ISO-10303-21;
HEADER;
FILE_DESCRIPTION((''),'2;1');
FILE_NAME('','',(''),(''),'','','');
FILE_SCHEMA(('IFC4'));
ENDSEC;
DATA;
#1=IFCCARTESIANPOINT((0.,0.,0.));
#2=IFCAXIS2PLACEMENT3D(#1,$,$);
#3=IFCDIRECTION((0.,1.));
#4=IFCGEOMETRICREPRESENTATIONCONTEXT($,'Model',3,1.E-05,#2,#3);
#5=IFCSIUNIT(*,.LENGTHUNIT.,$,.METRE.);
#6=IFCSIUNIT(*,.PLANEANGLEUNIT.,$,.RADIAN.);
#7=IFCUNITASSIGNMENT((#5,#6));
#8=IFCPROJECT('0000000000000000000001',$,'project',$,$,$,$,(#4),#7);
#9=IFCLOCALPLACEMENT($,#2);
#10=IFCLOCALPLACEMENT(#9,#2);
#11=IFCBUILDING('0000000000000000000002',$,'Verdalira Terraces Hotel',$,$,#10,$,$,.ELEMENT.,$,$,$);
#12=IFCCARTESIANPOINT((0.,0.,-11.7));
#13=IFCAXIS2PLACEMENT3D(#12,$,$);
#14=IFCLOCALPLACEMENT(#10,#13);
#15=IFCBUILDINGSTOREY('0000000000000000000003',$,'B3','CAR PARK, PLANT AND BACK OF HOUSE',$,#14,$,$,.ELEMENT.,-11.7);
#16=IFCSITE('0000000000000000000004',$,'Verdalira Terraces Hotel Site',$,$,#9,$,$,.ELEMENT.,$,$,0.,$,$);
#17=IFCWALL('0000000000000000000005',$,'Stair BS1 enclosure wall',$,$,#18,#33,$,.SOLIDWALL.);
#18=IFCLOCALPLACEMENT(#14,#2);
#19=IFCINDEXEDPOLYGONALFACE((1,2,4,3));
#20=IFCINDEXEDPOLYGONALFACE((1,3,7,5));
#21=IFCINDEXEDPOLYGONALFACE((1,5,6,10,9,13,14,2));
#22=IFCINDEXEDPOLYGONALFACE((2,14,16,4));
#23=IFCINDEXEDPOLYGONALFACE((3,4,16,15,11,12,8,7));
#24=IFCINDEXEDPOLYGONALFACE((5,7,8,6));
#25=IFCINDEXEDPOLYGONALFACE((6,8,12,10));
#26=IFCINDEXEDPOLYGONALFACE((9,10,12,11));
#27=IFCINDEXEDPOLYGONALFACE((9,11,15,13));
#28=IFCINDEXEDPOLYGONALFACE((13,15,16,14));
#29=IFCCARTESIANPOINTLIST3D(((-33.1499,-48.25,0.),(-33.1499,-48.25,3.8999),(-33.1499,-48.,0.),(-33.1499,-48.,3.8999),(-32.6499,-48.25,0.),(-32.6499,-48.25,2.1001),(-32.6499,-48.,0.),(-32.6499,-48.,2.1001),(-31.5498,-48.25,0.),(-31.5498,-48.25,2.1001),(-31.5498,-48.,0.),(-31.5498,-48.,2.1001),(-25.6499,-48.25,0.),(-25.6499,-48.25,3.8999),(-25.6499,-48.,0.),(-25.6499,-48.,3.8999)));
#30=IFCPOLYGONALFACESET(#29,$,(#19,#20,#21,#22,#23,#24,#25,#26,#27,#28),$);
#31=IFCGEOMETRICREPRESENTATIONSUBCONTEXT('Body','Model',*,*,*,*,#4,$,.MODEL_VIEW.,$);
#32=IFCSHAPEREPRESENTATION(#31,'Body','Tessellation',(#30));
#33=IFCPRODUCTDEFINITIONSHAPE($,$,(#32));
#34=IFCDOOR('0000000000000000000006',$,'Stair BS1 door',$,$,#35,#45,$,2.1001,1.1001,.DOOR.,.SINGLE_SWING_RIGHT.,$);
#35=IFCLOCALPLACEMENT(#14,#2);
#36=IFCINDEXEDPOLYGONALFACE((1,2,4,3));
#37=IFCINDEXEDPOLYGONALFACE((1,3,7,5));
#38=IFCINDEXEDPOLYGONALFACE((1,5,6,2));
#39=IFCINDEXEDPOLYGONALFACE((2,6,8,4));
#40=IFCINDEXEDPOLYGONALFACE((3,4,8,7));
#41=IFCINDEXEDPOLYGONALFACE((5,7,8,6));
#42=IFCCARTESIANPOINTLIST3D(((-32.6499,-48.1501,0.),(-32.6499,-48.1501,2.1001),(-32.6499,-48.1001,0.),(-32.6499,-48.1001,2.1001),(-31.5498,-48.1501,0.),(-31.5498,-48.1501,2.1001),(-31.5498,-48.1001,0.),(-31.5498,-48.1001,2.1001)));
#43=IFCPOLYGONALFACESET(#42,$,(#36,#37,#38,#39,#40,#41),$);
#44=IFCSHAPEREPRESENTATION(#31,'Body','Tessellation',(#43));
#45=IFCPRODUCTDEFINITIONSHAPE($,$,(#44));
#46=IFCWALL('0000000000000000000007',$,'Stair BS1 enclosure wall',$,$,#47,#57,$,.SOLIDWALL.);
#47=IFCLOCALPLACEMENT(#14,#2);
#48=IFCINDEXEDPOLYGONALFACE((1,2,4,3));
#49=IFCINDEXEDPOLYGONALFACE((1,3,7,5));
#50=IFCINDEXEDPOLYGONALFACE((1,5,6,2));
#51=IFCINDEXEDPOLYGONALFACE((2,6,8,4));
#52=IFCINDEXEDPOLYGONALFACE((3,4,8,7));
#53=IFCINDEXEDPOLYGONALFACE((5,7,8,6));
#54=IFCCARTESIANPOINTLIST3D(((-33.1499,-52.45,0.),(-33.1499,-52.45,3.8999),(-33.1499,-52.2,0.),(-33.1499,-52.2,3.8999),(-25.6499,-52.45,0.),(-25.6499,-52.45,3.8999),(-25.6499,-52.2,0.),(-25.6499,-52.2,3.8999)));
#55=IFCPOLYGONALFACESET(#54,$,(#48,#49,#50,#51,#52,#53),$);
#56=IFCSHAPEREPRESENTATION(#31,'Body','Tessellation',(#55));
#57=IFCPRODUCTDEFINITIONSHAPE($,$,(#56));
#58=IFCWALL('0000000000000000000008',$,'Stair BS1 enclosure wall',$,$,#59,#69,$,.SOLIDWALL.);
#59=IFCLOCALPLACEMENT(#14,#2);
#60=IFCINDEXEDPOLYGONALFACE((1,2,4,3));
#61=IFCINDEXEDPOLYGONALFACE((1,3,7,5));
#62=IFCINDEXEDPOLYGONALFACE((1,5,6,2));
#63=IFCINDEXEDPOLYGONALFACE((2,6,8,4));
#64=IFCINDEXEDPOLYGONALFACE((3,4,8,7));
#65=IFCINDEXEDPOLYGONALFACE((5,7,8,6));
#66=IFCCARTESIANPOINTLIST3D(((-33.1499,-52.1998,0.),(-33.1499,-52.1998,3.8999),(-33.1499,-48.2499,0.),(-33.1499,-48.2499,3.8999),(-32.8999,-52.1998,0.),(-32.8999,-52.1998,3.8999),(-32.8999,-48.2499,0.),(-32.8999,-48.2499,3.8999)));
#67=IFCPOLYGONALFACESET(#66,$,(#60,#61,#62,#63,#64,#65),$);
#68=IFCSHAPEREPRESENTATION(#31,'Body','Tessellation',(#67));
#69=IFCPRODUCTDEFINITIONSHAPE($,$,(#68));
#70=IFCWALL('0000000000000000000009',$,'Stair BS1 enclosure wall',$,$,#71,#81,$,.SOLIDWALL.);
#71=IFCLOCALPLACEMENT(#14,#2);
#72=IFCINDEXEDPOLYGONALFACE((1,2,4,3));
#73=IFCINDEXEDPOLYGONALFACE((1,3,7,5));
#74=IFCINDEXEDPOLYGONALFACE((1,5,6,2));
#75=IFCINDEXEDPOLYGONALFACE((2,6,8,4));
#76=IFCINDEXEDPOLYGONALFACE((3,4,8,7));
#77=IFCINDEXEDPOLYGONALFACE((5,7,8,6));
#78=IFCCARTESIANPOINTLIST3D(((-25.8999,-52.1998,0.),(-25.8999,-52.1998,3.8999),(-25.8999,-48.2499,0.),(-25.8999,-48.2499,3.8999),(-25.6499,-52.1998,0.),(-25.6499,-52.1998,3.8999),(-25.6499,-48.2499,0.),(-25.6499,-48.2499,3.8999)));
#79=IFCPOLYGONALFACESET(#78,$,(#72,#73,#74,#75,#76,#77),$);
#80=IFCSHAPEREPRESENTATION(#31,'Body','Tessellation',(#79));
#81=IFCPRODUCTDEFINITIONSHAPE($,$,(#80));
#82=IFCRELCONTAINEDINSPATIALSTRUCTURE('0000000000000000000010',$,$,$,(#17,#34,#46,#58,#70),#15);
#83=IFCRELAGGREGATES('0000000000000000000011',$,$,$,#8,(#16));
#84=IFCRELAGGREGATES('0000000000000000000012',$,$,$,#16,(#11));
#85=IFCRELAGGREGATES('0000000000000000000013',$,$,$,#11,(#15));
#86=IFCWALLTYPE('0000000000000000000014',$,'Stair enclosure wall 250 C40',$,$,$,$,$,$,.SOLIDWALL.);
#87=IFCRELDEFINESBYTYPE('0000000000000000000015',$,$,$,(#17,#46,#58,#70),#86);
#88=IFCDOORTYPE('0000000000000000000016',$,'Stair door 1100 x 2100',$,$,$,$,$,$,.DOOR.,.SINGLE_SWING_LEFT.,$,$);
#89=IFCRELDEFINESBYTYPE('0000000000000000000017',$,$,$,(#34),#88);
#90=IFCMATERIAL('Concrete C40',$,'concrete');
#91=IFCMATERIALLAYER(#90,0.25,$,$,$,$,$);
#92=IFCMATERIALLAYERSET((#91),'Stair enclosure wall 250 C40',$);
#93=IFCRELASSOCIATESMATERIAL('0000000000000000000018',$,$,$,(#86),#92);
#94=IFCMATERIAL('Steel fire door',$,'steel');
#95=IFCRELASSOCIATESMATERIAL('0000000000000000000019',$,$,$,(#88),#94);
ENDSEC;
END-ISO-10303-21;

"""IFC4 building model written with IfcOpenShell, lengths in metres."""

from ifc_helpers import new_model, si_unit, direction, frame, frame_2d, origin, place, context, subcontext, project, spatial, rectangle, extrude, material, layer, layer_set, type_object, element, fill, save


model = new_model("IFC4")

# Units and contexts
model_context = context("Model", 3, precision=1e-05, world=origin(), true_north=direction((0.0, 1.0)))
body_context = subcontext(model_context, "Body", "Model", "MODEL_VIEW")
ifc_project = project(units=[si_unit("LENGTHUNIT", "METRE"), si_unit("PLANEANGLEUNIT", "RADIAN")], contexts=[model_context])

# Site, building, storey
site_placement = place(None, origin())
site = spatial("IfcSite", under=ifc_project, at=site_placement, Name="Verdalira Terraces Hotel Site", CompositionType="ELEMENT", RefElevation=0.0)
building_placement = place(site_placement, origin())
building = spatial("IfcBuilding", under=site, at=building_placement, Name="Verdalira Terraces Hotel", CompositionType="ELEMENT")
storey_placement = place(building_placement, frame((0.0, 0.0, -11.7)))
storey = spatial("IfcBuildingStorey", under=building, at=storey_placement, Name="B3", Description="CAR PARK, PLANT AND BACK OF HOUSE", CompositionType="ELEMENT", Elevation=-11.7)

# Wall, opening, door
ifc_material_1 = material(Name="Concrete C40", Category="concrete")
ifc_layer = layer(ifc_material_1, 0.25)
ifc_layer_set = layer_set([ifc_layer], Name="Stair enclosure wall 250 C40")
wall_type = type_object("IfcWallType", Name="Stair enclosure wall 250 C40", PredefinedType="SOLIDWALL", material=ifc_layer_set)
wall_1_placement = place(storey_placement, frame((-33.1499, -48.125, 0.0), z_axis=(0.0, 0.0, 1.0), x_axis=(1.0, 0.0, 0.0)))
wall_1 = element("IfcWall", 1, at=wall_1_placement, inside=storey, type_object=wall_type, Name="Stair BS1 enclosure wall", PredefinedType="SOLIDWALL", context=body_context, shape_type="SweptSolid", body=[
    extrude(rectangle(XDim=7.5, YDim=0.25, at=frame_2d((3.75, 0.0))), origin(), (0.0, 0.0, 1.0), 3.8999),
])
opening_placement = place(wall_1_placement, frame((0.5, 0.0, 0.0)))
opening = element("IfcOpeningElement", 2, at=opening_placement, cuts=wall_1, PredefinedType="OPENING", context=body_context, shape_type="SweptSolid", body=[
    extrude(rectangle(XDim=1.1001, YDim=2.1001, at=frame_2d((0.55, 1.05))), frame((0.0, 0.135, 0.0), z_axis=(0.0, -1.0, 0.0), x_axis=(1.0, 0.0, 0.0)), (0.0, 0.0, 1.0), 0.27),
])
ifc_material_2 = material(Name="Steel fire door", Category="steel")
door_type = type_object("IfcDoorType", Name="Stair door 1100 x 2100", OperationType="SINGLE_SWING_LEFT", PredefinedType="DOOR", material=ifc_material_2)
door_placement = place(opening_placement, origin())
door = element("IfcDoor", 3, at=door_placement, inside=storey, type_object=door_type, Name="Stair BS1 door", OperationType="SINGLE_SWING_RIGHT", OverallHeight=2.1001, OverallWidth=1.1001, PredefinedType="DOOR", context=body_context, shape_type="SweptSolid", body=[
    extrude(rectangle(XDim=1.1001, YDim=2.1001, at=frame_2d((0.55, 1.05))), frame((0.0, 0.0249, 0.0), z_axis=(0.0, -1.0, 0.0), x_axis=(1.0, 0.0, 0.0)), (0.0, 0.0, 1.0), 0.05),
])
fill(opening, door)

# Walls
wall_2_placement = place(storey_placement, frame((-33.1499, -52.325, 0.0), z_axis=(0.0, 0.0, 1.0), x_axis=(1.0, 0.0, 0.0)))
element("IfcWall", 4, at=wall_2_placement, inside=storey, type_object=wall_type, Name="Stair BS1 enclosure wall", PredefinedType="SOLIDWALL", context=body_context, shape_type="SweptSolid", body=[
    extrude(rectangle(XDim=7.5, YDim=0.25, at=frame_2d((3.75, 0.0))), origin(), (0.0, 0.0, 1.0), 3.8999),
])
for number, where, z_axis, x_axis, name in (
    (5, (-33.0249, -52.2, 0.0), (0.0, 0.0, 1.0), (0.0, 1.0, 0.0), "Stair BS1 enclosure wall"),
    (6, (-25.7749, -52.2, 0.0), (0.0, 0.0, 1.0), (0.0, 1.0, 0.0), "Stair BS1 enclosure wall"),
):
    element("IfcWall", number, at=place(storey_placement, frame(where, z_axis=z_axis, x_axis=x_axis)), inside=storey, type_object=wall_type, Name=name, PredefinedType="SOLIDWALL", context=body_context, shape_type="SweptSolid", body=[
        extrude(rectangle(XDim=3.95, YDim=0.25, at=frame_2d((1.9751, 0.0))), origin(), (0.0, 0.0, 1.0), 3.8999),
    ])

save(model, "model.ifc")
